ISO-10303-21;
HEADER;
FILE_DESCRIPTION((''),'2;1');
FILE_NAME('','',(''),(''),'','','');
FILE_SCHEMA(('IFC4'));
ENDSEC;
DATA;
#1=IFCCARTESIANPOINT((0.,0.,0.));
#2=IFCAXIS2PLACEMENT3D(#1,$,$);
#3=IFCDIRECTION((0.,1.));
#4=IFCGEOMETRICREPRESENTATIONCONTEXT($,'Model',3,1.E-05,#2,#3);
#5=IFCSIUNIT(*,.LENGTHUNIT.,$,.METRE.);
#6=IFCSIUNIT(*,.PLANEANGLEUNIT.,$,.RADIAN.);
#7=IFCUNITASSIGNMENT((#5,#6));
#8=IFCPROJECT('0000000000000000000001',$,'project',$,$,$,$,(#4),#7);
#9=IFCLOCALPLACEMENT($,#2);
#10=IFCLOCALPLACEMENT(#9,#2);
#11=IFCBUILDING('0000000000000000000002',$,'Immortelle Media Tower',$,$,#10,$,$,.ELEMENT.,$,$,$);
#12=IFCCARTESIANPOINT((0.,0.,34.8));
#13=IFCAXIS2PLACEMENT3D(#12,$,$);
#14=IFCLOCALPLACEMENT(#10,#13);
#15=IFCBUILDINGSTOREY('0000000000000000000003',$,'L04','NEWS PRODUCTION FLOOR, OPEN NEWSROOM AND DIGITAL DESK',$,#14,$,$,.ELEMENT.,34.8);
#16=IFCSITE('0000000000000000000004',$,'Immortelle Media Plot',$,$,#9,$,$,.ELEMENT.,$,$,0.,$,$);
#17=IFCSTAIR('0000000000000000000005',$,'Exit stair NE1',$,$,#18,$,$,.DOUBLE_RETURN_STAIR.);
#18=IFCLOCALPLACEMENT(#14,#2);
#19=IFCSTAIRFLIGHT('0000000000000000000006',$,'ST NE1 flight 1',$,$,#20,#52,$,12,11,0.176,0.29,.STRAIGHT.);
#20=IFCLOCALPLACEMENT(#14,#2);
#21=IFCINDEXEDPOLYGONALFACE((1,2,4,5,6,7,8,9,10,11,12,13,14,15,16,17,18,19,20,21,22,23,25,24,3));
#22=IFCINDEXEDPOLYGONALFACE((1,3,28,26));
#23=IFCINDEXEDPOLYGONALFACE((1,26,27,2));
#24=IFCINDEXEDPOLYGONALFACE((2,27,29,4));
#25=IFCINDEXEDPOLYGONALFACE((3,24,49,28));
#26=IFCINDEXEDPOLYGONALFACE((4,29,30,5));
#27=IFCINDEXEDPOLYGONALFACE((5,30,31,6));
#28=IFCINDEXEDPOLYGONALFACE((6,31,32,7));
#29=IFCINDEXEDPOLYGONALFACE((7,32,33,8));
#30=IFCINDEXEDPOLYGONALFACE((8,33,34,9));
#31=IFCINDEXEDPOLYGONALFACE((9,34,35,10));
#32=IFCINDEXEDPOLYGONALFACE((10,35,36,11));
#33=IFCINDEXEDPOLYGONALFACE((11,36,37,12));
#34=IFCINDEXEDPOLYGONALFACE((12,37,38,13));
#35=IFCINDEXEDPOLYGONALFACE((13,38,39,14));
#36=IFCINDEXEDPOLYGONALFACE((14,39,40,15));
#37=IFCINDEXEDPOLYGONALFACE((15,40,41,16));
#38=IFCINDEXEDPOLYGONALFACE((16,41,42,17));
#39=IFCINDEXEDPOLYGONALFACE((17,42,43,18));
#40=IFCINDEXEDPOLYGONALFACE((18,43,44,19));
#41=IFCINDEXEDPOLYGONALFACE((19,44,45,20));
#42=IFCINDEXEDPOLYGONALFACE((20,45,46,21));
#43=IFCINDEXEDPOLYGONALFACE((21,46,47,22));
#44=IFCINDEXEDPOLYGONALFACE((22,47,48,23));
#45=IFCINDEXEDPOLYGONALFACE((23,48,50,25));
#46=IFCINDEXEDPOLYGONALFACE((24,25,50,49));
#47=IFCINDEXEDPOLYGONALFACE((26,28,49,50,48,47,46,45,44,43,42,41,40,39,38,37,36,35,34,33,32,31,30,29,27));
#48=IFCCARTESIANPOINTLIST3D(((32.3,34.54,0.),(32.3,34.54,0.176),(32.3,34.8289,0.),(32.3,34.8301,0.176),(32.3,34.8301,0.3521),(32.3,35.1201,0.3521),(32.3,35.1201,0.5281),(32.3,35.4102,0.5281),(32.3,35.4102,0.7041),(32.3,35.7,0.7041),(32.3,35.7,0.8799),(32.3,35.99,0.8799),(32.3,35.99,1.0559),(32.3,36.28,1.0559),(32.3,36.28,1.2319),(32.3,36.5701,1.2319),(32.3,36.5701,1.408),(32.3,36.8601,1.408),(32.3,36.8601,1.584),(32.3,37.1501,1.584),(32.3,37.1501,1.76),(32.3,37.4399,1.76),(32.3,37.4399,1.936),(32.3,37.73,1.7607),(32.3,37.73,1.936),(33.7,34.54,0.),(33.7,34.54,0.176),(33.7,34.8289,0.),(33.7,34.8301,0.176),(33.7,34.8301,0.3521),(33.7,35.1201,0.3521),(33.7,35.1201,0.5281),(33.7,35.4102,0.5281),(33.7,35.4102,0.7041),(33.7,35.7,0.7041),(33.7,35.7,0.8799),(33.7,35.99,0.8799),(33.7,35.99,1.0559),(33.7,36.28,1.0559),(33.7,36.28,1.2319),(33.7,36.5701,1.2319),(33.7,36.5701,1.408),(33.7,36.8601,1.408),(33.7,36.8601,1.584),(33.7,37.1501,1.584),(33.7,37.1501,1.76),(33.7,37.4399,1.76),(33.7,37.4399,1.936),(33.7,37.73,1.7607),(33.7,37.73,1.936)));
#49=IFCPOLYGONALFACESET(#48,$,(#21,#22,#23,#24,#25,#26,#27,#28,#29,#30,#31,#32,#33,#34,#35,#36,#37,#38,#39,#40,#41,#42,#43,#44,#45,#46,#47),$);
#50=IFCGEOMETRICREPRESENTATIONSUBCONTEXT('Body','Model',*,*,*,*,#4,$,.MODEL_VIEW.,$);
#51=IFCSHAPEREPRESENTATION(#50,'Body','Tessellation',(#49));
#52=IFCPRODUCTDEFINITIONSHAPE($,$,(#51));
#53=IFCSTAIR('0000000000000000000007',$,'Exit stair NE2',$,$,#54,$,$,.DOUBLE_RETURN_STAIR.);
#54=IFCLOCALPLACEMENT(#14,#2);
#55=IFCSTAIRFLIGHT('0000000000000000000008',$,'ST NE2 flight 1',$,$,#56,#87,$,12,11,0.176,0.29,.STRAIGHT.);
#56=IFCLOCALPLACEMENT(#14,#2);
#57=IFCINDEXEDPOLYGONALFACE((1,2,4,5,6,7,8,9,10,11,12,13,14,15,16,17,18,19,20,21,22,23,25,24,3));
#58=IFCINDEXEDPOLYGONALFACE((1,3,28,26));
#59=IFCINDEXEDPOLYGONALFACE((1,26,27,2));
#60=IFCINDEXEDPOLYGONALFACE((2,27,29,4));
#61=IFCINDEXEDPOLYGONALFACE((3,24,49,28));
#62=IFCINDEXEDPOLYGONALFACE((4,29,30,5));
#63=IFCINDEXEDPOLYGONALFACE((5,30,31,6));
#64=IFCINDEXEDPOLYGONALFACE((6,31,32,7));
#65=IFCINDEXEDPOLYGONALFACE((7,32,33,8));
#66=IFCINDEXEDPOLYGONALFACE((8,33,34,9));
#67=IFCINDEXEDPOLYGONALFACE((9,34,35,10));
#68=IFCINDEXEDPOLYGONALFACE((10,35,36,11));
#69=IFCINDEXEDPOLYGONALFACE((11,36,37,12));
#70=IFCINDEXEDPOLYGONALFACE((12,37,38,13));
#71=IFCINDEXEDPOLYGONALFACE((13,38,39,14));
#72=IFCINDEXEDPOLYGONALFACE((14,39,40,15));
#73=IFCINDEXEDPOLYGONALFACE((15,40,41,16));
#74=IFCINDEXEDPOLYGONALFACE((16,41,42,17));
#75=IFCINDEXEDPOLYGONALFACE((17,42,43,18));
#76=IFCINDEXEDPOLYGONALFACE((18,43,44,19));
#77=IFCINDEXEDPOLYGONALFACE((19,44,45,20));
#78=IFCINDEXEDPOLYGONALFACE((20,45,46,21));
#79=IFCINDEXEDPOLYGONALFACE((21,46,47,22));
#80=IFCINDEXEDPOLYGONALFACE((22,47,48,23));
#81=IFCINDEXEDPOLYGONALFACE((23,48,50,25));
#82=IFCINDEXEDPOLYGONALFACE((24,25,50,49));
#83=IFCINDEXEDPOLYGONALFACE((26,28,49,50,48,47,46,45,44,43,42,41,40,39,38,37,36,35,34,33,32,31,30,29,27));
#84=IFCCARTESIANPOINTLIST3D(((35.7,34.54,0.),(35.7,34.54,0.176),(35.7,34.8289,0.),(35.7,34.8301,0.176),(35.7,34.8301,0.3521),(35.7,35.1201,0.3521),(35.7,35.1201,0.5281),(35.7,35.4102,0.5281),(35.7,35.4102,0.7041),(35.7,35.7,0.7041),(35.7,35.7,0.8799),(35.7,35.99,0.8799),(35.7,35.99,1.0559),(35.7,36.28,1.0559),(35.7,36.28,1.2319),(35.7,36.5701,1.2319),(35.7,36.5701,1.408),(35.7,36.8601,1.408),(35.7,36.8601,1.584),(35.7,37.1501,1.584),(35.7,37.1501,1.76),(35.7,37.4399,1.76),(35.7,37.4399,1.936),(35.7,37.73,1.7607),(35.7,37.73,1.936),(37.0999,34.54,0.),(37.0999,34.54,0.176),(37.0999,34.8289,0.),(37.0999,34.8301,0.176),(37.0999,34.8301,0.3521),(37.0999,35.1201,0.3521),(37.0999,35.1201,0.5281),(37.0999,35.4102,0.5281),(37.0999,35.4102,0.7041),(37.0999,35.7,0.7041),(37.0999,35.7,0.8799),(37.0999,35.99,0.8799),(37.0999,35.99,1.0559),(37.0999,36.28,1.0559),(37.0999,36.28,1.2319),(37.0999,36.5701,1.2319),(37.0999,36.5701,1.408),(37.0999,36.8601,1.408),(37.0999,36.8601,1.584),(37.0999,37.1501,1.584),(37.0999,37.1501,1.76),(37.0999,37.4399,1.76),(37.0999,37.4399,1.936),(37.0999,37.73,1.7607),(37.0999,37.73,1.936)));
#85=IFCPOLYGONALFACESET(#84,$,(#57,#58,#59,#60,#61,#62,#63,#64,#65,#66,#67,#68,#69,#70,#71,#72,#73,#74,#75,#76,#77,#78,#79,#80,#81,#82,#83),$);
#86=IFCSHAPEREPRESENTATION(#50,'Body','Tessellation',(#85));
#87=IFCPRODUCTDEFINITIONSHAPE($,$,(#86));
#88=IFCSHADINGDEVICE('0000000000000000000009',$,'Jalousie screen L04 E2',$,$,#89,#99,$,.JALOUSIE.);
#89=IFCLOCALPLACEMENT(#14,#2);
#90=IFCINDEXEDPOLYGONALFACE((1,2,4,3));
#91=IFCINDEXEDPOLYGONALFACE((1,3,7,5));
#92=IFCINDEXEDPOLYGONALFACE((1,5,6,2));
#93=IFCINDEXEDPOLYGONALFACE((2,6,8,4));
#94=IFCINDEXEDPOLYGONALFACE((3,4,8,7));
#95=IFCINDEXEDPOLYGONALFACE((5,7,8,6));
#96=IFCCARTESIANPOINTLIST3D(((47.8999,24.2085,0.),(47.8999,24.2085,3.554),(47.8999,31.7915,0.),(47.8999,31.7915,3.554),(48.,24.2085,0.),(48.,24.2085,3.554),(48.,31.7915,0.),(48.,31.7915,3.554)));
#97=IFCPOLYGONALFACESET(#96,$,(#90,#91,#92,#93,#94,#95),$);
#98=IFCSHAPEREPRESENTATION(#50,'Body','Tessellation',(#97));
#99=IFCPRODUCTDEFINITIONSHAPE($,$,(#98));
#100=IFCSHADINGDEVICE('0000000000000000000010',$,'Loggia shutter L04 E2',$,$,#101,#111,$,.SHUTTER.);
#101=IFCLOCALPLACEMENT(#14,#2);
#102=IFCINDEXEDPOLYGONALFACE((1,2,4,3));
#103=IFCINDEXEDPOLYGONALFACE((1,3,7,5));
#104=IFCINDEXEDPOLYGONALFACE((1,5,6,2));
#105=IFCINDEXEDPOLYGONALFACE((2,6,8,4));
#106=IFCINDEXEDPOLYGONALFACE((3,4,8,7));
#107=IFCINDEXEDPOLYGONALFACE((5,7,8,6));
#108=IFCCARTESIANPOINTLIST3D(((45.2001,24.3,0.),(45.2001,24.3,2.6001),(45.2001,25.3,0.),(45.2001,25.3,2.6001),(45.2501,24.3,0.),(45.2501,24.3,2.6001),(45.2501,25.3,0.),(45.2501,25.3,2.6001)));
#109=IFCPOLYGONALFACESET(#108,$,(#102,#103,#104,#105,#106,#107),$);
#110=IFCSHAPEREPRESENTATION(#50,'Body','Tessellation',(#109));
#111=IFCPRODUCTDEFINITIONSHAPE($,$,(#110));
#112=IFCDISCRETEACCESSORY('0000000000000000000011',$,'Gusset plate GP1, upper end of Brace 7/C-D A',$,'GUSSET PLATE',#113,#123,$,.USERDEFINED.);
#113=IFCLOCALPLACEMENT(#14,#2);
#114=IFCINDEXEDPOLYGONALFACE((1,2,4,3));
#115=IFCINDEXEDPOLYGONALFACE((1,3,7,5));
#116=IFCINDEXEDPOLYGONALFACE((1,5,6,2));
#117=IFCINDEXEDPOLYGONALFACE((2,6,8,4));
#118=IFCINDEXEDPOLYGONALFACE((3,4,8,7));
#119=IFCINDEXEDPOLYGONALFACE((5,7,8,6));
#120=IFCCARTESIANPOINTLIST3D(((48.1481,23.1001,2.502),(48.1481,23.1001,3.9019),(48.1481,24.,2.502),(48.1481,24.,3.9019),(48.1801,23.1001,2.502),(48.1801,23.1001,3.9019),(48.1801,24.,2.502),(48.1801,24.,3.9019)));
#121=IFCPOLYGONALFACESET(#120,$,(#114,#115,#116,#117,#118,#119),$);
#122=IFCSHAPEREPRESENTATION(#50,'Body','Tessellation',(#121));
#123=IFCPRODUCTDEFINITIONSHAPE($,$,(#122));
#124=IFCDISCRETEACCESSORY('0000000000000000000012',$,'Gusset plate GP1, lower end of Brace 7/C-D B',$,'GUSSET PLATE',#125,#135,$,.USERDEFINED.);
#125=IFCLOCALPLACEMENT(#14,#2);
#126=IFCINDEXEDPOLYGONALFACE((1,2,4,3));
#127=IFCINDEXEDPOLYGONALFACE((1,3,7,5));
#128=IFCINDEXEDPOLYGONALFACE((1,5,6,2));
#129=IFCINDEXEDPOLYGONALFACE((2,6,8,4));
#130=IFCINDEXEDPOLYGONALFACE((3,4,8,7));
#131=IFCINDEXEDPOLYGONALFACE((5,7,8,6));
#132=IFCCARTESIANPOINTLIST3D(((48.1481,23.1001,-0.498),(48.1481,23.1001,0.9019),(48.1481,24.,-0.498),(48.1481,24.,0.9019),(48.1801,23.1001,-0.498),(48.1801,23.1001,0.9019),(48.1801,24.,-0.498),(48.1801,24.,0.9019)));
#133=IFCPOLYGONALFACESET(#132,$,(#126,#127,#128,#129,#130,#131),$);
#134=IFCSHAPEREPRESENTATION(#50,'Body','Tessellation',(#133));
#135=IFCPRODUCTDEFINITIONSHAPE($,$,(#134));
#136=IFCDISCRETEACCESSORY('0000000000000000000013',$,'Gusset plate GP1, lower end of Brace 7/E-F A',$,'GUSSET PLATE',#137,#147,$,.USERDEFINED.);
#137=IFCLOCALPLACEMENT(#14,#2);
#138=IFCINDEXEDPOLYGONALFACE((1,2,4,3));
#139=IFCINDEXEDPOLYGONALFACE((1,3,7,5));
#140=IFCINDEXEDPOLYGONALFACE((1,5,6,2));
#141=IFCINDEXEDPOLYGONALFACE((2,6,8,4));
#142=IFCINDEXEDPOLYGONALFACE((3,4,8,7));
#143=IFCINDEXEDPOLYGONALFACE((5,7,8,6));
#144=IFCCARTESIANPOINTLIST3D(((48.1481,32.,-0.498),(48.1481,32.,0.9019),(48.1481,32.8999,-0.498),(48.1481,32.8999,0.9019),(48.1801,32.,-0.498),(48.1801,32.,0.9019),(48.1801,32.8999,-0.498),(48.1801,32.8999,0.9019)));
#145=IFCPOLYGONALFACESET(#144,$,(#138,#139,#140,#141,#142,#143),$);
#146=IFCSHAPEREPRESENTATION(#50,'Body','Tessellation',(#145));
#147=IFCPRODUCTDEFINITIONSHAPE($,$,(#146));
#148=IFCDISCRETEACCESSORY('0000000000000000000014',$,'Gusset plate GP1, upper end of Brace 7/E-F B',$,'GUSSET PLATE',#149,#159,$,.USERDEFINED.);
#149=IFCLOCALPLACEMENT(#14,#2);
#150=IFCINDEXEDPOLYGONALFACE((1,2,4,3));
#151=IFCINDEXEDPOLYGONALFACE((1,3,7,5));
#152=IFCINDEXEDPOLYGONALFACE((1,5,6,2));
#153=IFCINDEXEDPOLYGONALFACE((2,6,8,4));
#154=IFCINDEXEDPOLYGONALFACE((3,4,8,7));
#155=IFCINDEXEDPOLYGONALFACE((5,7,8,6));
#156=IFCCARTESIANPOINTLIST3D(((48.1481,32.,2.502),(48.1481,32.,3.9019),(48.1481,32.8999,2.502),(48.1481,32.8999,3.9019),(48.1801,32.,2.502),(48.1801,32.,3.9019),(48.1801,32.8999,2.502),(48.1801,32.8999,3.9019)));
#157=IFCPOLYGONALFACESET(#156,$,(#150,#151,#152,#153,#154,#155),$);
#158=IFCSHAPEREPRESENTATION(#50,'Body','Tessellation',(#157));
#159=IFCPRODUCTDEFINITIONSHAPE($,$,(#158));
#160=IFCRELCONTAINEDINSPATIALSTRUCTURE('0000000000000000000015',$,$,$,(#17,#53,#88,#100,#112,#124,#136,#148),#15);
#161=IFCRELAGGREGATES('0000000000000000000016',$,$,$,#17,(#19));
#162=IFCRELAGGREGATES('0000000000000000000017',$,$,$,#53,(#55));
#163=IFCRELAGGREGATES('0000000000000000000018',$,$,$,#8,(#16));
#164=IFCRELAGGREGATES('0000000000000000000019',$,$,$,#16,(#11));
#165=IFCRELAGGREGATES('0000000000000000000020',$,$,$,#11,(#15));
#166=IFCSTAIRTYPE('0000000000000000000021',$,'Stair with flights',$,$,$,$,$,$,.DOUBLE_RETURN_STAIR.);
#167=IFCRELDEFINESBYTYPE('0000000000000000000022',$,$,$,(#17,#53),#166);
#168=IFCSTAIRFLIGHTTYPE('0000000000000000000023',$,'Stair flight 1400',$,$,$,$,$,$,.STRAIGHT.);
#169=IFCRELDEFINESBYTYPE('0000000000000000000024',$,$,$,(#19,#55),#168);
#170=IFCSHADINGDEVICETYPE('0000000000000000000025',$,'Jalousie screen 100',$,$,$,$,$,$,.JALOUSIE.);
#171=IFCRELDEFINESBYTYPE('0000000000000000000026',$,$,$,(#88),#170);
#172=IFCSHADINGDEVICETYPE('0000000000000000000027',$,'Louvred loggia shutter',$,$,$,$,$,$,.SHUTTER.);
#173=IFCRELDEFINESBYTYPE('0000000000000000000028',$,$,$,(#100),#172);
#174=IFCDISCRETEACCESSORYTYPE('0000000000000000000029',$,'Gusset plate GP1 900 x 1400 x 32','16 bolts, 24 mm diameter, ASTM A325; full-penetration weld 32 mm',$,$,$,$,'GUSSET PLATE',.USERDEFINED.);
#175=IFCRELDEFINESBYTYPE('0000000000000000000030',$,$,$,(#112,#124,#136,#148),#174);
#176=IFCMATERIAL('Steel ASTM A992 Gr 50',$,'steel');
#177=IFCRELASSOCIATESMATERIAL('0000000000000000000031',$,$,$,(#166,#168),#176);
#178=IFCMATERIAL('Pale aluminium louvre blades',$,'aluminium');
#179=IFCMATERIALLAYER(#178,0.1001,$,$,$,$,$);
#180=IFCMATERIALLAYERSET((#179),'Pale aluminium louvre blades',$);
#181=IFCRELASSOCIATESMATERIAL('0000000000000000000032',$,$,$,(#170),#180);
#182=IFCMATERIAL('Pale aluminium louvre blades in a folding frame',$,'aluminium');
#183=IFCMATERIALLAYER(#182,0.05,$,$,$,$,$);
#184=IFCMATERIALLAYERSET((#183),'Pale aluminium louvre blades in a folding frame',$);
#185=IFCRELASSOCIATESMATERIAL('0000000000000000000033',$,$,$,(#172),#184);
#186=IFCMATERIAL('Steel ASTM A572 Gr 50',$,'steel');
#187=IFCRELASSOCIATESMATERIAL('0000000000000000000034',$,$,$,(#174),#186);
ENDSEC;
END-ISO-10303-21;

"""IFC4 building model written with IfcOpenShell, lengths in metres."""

from ifc_helpers import new_model, si_unit, direction, frame, origin, origin_2d, place, context, subcontext, project, spatial, polyline, rectangle, outline, extrude, material, layer, layer_set, material_profile, profile_set, type_object, element, aggregate, save


model = new_model("IFC4")

# Units and contexts
model_context = context("Model", 3, precision=1e-05, world=origin(), true_north=direction((0.0, 1.0)))
body_context = subcontext(model_context, "Body", "Model", "MODEL_VIEW")
ifc_project = project(units=[si_unit("LENGTHUNIT", "METRE"), si_unit("PLANEANGLEUNIT", "RADIAN")], contexts=[model_context])

# Site, building, storey
site_placement = place(None, origin())
site = spatial("IfcSite", under=ifc_project, at=site_placement, Name="Immortelle Media Plot", CompositionType="ELEMENT", RefElevation=0.0)
building_placement = place(site_placement, origin())
building = spatial("IfcBuilding", under=site, at=building_placement, Name="Immortelle Media Tower", CompositionType="ELEMENT")
storey_placement = place(building_placement, frame((0.0, 0.0, 34.8)))
storey = spatial("IfcBuildingStorey", under=building, at=storey_placement, Name="L04", Description="NEWS PRODUCTION FLOOR, OPEN NEWSROOM AND DIGITAL DESK", CompositionType="ELEMENT", Elevation=34.8)

# Shared definitions
ifc_material_1 = material(Name="Steel ASTM A992 Gr 50", Category="steel")

# Stairs, stair flights
stair_type = type_object("IfcStairType", Name="Stair with flights", PredefinedType="DOUBLE_RETURN_STAIR", material=ifc_material_1)
stair_1_placement = place(storey_placement, origin())
stair_1 = element("IfcStair", 1, at=stair_1_placement, inside=storey, type_object=stair_type, Name="Exit stair NE1", PredefinedType="DOUBLE_RETURN_STAIR")
stair_flight_type = type_object("IfcStairFlightType", Name="Stair flight 1400", PredefinedType="STRAIGHT", material=ifc_material_1)
stair_flight_1_placement = place(storey_placement, frame((33.0, 34.54, 0.0), z_axis=(0.0, 0.0, 1.0), x_axis=(0.0, 1.0, 0.0)))
stair_flight_1 = element("IfcStairFlight", 2, at=stair_flight_1_placement, type_object=stair_flight_type, Name="ST NE1 flight 1", NumberOfRisers=12, NumberOfTreads=11, PredefinedType="STRAIGHT", RiserHeight=0.176, TreadLength=0.29, context=body_context, shape_type="SweptSolid", body=[
    extrude(outline(polyline([(0.0, 0.0), (0.0, 0.176), (0.29, 0.176), (0.29, 0.3521), (0.5801, 0.3521), (0.5801, 0.5281), (0.8701, 0.5281), (0.8701, 0.7041), (1.1599, 0.7041), (1.1599, 0.8799), (1.45, 0.8799), (1.45, 1.0559), (1.74, 1.0559), (1.74, 1.2319), (2.03, 1.2319), (2.03, 1.408), (2.3201, 1.408), (2.3201, 1.584), (2.6101, 1.584), (2.6101, 1.76), (2.8999, 1.76), (2.8999, 1.936), (3.1899, 1.936), (3.1899, 2.1121), (3.1899, 1.7607), (0.2888, 0.0), (0.0, 0.0)])), frame((0.0, 0.7, 0.0), z_axis=(0.0, -1.0, 0.0), x_axis=(1.0, 0.0, 0.0)), (0.0, 0.0, 1.0), 1.3999),
])
aggregate(stair_1, [stair_flight_1])
stair_2_placement = place(storey_placement, origin())
stair_2 = element("IfcStair", 3, at=stair_2_placement, inside=storey, type_object=stair_type, Name="Exit stair NE2", PredefinedType="DOUBLE_RETURN_STAIR")
stair_flight_2_placement = place(storey_placement, frame((36.3999, 34.54, 0.0), z_axis=(0.0, 0.0, 1.0), x_axis=(0.0, 1.0, 0.0)))
stair_flight_2 = element("IfcStairFlight", 4, at=stair_flight_2_placement, type_object=stair_flight_type, Name="ST NE2 flight 1", NumberOfRisers=12, NumberOfTreads=11, PredefinedType="STRAIGHT", RiserHeight=0.176, TreadLength=0.29, context=body_context, shape_type="SweptSolid", body=[
    extrude(outline(polyline([(0.0, 0.0), (0.0, 0.176), (0.29, 0.176), (0.29, 0.3521), (0.5801, 0.3521), (0.5801, 0.5281), (0.8701, 0.5281), (0.8701, 0.7041), (1.1599, 0.7041), (1.1599, 0.8799), (1.45, 0.8799), (1.45, 1.0559), (1.74, 1.0559), (1.74, 1.2319), (2.03, 1.2319), (2.03, 1.408), (2.3201, 1.408), (2.3201, 1.584), (2.6101, 1.584), (2.6101, 1.76), (2.8999, 1.76), (2.8999, 1.936), (3.1899, 1.936), (3.1899, 2.1121), (3.1899, 1.7607), (0.2888, 0.0), (0.0, 0.0)])), frame((0.0, 0.7, 0.0), z_axis=(0.0, -1.0, 0.0), x_axis=(1.0, 0.0, 0.0)), (0.0, 0.0, 1.0), 1.3999),
])
aggregate(stair_2, [stair_flight_2])

# Shading devices
ifc_material_2 = material(Name="Pale aluminium louvre blades", Category="aluminium")
ifc_layer_1 = layer(ifc_material_2, 0.1001)
ifc_layer_set_1 = layer_set([ifc_layer_1], Name="Pale aluminium louvre blades")
shading_device_type_1 = type_object("IfcShadingDeviceType", Name="Jalousie screen 100", PredefinedType="JALOUSIE", material=ifc_layer_set_1)
shading_device_1_placement = place(storey_placement, frame((47.95, 28.0, 0.0), z_axis=(0.0, 0.0, 1.0), x_axis=(0.0, 1.0, 0.0)))
element("IfcShadingDevice", 5, at=shading_device_1_placement, inside=storey, type_object=shading_device_type_1, Name="Jalousie screen L04 E2", PredefinedType="JALOUSIE", context=body_context, shape_type="SweptSolid", body=[
    extrude(rectangle(XDim=7.583, YDim=0.1001, at=origin_2d()), origin(), (0.0, 0.0, 1.0), 3.554),
])
ifc_material_3 = material(Name="Pale aluminium louvre blades in a folding frame", Category="aluminium")
ifc_layer_2 = layer(ifc_material_3, 0.05)
ifc_layer_set_2 = layer_set([ifc_layer_2], Name="Pale aluminium louvre blades in a folding frame")
shading_device_type_2 = type_object("IfcShadingDeviceType", Name="Louvred loggia shutter", PredefinedType="SHUTTER", material=ifc_layer_set_2)
shading_device_2_placement = place(storey_placement, frame((45.2251, 24.8, 0.0), z_axis=(0.0, 0.0, 1.0), x_axis=(0.0, 1.0, 0.0)))
element("IfcShadingDevice", 6, at=shading_device_2_placement, inside=storey, type_object=shading_device_type_2, Name="Loggia shutter L04 E2", PredefinedType="SHUTTER", context=body_context, shape_type="SweptSolid", body=[
    extrude(rectangle(XDim=1.0, YDim=0.05, at=origin_2d()), origin(), (0.0, 0.0, 1.0), 2.6001),
])

# Discrete accessories
ifc_material_4 = material(Name="Steel ASTM A572 Gr 50", Category="steel")
ifc_material_profile_1 = material_profile(ifc_material_4, rectangle(XDim=0.032, YDim=1.3999, at=origin_2d()), Name="PL 32 x 1400")
ifc_profile_set_1 = profile_set([ifc_material_profile_1], Name="Steel ASTM A572 Gr 50")
discrete_accessory_type = type_object("IfcDiscreteAccessoryType", Name="Gusset plate GP1 900 x 1400 x 32", Description="16 bolts, 24 mm diameter, ASTM A325; full-penetration weld 32 mm", ElementType="GUSSET PLATE", PredefinedType="USERDEFINED", material=ifc_profile_set_1)
for number, where, z_axis, x_axis, name in (
    (7, (48.1641, 24.0, 3.2019), (0.0, -1.0, 0.0), (1.0, 0.0, 0.0), "Gusset plate GP1, upper end of Brace 7/C-D A"),
    (8, (48.1641, 24.0, 0.2019), (0.0, -1.0, 0.0), (1.0, 0.0, 0.0), "Gusset plate GP1, lower end of Brace 7/C-D B"),
    (9, (48.1641, 32.0, 0.2019), (0.0, 1.0, 0.0), (-1.0, 0.0, 0.0), "Gusset plate GP1, lower end of Brace 7/E-F A"),
    (10, (48.1641, 32.0, 3.2019), (0.0, 1.0, 0.0), (-1.0, 0.0, 0.0), "Gusset plate GP1, upper end of Brace 7/E-F B"),
):
    element("IfcDiscreteAccessory", number, at=place(storey_placement, frame(where, z_axis=z_axis, x_axis=x_axis)), inside=storey, type_object=discrete_accessory_type, Name=name, ObjectType="GUSSET PLATE", PredefinedType="USERDEFINED", context=body_context, shape_type="SweptSolid", body=[
        extrude(rectangle(XDim=0.032, YDim=1.3999, at=origin_2d()), origin(), (0.0, 0.0, 1.0), 0.8999),
    ])

save(model, "model.ifc")
